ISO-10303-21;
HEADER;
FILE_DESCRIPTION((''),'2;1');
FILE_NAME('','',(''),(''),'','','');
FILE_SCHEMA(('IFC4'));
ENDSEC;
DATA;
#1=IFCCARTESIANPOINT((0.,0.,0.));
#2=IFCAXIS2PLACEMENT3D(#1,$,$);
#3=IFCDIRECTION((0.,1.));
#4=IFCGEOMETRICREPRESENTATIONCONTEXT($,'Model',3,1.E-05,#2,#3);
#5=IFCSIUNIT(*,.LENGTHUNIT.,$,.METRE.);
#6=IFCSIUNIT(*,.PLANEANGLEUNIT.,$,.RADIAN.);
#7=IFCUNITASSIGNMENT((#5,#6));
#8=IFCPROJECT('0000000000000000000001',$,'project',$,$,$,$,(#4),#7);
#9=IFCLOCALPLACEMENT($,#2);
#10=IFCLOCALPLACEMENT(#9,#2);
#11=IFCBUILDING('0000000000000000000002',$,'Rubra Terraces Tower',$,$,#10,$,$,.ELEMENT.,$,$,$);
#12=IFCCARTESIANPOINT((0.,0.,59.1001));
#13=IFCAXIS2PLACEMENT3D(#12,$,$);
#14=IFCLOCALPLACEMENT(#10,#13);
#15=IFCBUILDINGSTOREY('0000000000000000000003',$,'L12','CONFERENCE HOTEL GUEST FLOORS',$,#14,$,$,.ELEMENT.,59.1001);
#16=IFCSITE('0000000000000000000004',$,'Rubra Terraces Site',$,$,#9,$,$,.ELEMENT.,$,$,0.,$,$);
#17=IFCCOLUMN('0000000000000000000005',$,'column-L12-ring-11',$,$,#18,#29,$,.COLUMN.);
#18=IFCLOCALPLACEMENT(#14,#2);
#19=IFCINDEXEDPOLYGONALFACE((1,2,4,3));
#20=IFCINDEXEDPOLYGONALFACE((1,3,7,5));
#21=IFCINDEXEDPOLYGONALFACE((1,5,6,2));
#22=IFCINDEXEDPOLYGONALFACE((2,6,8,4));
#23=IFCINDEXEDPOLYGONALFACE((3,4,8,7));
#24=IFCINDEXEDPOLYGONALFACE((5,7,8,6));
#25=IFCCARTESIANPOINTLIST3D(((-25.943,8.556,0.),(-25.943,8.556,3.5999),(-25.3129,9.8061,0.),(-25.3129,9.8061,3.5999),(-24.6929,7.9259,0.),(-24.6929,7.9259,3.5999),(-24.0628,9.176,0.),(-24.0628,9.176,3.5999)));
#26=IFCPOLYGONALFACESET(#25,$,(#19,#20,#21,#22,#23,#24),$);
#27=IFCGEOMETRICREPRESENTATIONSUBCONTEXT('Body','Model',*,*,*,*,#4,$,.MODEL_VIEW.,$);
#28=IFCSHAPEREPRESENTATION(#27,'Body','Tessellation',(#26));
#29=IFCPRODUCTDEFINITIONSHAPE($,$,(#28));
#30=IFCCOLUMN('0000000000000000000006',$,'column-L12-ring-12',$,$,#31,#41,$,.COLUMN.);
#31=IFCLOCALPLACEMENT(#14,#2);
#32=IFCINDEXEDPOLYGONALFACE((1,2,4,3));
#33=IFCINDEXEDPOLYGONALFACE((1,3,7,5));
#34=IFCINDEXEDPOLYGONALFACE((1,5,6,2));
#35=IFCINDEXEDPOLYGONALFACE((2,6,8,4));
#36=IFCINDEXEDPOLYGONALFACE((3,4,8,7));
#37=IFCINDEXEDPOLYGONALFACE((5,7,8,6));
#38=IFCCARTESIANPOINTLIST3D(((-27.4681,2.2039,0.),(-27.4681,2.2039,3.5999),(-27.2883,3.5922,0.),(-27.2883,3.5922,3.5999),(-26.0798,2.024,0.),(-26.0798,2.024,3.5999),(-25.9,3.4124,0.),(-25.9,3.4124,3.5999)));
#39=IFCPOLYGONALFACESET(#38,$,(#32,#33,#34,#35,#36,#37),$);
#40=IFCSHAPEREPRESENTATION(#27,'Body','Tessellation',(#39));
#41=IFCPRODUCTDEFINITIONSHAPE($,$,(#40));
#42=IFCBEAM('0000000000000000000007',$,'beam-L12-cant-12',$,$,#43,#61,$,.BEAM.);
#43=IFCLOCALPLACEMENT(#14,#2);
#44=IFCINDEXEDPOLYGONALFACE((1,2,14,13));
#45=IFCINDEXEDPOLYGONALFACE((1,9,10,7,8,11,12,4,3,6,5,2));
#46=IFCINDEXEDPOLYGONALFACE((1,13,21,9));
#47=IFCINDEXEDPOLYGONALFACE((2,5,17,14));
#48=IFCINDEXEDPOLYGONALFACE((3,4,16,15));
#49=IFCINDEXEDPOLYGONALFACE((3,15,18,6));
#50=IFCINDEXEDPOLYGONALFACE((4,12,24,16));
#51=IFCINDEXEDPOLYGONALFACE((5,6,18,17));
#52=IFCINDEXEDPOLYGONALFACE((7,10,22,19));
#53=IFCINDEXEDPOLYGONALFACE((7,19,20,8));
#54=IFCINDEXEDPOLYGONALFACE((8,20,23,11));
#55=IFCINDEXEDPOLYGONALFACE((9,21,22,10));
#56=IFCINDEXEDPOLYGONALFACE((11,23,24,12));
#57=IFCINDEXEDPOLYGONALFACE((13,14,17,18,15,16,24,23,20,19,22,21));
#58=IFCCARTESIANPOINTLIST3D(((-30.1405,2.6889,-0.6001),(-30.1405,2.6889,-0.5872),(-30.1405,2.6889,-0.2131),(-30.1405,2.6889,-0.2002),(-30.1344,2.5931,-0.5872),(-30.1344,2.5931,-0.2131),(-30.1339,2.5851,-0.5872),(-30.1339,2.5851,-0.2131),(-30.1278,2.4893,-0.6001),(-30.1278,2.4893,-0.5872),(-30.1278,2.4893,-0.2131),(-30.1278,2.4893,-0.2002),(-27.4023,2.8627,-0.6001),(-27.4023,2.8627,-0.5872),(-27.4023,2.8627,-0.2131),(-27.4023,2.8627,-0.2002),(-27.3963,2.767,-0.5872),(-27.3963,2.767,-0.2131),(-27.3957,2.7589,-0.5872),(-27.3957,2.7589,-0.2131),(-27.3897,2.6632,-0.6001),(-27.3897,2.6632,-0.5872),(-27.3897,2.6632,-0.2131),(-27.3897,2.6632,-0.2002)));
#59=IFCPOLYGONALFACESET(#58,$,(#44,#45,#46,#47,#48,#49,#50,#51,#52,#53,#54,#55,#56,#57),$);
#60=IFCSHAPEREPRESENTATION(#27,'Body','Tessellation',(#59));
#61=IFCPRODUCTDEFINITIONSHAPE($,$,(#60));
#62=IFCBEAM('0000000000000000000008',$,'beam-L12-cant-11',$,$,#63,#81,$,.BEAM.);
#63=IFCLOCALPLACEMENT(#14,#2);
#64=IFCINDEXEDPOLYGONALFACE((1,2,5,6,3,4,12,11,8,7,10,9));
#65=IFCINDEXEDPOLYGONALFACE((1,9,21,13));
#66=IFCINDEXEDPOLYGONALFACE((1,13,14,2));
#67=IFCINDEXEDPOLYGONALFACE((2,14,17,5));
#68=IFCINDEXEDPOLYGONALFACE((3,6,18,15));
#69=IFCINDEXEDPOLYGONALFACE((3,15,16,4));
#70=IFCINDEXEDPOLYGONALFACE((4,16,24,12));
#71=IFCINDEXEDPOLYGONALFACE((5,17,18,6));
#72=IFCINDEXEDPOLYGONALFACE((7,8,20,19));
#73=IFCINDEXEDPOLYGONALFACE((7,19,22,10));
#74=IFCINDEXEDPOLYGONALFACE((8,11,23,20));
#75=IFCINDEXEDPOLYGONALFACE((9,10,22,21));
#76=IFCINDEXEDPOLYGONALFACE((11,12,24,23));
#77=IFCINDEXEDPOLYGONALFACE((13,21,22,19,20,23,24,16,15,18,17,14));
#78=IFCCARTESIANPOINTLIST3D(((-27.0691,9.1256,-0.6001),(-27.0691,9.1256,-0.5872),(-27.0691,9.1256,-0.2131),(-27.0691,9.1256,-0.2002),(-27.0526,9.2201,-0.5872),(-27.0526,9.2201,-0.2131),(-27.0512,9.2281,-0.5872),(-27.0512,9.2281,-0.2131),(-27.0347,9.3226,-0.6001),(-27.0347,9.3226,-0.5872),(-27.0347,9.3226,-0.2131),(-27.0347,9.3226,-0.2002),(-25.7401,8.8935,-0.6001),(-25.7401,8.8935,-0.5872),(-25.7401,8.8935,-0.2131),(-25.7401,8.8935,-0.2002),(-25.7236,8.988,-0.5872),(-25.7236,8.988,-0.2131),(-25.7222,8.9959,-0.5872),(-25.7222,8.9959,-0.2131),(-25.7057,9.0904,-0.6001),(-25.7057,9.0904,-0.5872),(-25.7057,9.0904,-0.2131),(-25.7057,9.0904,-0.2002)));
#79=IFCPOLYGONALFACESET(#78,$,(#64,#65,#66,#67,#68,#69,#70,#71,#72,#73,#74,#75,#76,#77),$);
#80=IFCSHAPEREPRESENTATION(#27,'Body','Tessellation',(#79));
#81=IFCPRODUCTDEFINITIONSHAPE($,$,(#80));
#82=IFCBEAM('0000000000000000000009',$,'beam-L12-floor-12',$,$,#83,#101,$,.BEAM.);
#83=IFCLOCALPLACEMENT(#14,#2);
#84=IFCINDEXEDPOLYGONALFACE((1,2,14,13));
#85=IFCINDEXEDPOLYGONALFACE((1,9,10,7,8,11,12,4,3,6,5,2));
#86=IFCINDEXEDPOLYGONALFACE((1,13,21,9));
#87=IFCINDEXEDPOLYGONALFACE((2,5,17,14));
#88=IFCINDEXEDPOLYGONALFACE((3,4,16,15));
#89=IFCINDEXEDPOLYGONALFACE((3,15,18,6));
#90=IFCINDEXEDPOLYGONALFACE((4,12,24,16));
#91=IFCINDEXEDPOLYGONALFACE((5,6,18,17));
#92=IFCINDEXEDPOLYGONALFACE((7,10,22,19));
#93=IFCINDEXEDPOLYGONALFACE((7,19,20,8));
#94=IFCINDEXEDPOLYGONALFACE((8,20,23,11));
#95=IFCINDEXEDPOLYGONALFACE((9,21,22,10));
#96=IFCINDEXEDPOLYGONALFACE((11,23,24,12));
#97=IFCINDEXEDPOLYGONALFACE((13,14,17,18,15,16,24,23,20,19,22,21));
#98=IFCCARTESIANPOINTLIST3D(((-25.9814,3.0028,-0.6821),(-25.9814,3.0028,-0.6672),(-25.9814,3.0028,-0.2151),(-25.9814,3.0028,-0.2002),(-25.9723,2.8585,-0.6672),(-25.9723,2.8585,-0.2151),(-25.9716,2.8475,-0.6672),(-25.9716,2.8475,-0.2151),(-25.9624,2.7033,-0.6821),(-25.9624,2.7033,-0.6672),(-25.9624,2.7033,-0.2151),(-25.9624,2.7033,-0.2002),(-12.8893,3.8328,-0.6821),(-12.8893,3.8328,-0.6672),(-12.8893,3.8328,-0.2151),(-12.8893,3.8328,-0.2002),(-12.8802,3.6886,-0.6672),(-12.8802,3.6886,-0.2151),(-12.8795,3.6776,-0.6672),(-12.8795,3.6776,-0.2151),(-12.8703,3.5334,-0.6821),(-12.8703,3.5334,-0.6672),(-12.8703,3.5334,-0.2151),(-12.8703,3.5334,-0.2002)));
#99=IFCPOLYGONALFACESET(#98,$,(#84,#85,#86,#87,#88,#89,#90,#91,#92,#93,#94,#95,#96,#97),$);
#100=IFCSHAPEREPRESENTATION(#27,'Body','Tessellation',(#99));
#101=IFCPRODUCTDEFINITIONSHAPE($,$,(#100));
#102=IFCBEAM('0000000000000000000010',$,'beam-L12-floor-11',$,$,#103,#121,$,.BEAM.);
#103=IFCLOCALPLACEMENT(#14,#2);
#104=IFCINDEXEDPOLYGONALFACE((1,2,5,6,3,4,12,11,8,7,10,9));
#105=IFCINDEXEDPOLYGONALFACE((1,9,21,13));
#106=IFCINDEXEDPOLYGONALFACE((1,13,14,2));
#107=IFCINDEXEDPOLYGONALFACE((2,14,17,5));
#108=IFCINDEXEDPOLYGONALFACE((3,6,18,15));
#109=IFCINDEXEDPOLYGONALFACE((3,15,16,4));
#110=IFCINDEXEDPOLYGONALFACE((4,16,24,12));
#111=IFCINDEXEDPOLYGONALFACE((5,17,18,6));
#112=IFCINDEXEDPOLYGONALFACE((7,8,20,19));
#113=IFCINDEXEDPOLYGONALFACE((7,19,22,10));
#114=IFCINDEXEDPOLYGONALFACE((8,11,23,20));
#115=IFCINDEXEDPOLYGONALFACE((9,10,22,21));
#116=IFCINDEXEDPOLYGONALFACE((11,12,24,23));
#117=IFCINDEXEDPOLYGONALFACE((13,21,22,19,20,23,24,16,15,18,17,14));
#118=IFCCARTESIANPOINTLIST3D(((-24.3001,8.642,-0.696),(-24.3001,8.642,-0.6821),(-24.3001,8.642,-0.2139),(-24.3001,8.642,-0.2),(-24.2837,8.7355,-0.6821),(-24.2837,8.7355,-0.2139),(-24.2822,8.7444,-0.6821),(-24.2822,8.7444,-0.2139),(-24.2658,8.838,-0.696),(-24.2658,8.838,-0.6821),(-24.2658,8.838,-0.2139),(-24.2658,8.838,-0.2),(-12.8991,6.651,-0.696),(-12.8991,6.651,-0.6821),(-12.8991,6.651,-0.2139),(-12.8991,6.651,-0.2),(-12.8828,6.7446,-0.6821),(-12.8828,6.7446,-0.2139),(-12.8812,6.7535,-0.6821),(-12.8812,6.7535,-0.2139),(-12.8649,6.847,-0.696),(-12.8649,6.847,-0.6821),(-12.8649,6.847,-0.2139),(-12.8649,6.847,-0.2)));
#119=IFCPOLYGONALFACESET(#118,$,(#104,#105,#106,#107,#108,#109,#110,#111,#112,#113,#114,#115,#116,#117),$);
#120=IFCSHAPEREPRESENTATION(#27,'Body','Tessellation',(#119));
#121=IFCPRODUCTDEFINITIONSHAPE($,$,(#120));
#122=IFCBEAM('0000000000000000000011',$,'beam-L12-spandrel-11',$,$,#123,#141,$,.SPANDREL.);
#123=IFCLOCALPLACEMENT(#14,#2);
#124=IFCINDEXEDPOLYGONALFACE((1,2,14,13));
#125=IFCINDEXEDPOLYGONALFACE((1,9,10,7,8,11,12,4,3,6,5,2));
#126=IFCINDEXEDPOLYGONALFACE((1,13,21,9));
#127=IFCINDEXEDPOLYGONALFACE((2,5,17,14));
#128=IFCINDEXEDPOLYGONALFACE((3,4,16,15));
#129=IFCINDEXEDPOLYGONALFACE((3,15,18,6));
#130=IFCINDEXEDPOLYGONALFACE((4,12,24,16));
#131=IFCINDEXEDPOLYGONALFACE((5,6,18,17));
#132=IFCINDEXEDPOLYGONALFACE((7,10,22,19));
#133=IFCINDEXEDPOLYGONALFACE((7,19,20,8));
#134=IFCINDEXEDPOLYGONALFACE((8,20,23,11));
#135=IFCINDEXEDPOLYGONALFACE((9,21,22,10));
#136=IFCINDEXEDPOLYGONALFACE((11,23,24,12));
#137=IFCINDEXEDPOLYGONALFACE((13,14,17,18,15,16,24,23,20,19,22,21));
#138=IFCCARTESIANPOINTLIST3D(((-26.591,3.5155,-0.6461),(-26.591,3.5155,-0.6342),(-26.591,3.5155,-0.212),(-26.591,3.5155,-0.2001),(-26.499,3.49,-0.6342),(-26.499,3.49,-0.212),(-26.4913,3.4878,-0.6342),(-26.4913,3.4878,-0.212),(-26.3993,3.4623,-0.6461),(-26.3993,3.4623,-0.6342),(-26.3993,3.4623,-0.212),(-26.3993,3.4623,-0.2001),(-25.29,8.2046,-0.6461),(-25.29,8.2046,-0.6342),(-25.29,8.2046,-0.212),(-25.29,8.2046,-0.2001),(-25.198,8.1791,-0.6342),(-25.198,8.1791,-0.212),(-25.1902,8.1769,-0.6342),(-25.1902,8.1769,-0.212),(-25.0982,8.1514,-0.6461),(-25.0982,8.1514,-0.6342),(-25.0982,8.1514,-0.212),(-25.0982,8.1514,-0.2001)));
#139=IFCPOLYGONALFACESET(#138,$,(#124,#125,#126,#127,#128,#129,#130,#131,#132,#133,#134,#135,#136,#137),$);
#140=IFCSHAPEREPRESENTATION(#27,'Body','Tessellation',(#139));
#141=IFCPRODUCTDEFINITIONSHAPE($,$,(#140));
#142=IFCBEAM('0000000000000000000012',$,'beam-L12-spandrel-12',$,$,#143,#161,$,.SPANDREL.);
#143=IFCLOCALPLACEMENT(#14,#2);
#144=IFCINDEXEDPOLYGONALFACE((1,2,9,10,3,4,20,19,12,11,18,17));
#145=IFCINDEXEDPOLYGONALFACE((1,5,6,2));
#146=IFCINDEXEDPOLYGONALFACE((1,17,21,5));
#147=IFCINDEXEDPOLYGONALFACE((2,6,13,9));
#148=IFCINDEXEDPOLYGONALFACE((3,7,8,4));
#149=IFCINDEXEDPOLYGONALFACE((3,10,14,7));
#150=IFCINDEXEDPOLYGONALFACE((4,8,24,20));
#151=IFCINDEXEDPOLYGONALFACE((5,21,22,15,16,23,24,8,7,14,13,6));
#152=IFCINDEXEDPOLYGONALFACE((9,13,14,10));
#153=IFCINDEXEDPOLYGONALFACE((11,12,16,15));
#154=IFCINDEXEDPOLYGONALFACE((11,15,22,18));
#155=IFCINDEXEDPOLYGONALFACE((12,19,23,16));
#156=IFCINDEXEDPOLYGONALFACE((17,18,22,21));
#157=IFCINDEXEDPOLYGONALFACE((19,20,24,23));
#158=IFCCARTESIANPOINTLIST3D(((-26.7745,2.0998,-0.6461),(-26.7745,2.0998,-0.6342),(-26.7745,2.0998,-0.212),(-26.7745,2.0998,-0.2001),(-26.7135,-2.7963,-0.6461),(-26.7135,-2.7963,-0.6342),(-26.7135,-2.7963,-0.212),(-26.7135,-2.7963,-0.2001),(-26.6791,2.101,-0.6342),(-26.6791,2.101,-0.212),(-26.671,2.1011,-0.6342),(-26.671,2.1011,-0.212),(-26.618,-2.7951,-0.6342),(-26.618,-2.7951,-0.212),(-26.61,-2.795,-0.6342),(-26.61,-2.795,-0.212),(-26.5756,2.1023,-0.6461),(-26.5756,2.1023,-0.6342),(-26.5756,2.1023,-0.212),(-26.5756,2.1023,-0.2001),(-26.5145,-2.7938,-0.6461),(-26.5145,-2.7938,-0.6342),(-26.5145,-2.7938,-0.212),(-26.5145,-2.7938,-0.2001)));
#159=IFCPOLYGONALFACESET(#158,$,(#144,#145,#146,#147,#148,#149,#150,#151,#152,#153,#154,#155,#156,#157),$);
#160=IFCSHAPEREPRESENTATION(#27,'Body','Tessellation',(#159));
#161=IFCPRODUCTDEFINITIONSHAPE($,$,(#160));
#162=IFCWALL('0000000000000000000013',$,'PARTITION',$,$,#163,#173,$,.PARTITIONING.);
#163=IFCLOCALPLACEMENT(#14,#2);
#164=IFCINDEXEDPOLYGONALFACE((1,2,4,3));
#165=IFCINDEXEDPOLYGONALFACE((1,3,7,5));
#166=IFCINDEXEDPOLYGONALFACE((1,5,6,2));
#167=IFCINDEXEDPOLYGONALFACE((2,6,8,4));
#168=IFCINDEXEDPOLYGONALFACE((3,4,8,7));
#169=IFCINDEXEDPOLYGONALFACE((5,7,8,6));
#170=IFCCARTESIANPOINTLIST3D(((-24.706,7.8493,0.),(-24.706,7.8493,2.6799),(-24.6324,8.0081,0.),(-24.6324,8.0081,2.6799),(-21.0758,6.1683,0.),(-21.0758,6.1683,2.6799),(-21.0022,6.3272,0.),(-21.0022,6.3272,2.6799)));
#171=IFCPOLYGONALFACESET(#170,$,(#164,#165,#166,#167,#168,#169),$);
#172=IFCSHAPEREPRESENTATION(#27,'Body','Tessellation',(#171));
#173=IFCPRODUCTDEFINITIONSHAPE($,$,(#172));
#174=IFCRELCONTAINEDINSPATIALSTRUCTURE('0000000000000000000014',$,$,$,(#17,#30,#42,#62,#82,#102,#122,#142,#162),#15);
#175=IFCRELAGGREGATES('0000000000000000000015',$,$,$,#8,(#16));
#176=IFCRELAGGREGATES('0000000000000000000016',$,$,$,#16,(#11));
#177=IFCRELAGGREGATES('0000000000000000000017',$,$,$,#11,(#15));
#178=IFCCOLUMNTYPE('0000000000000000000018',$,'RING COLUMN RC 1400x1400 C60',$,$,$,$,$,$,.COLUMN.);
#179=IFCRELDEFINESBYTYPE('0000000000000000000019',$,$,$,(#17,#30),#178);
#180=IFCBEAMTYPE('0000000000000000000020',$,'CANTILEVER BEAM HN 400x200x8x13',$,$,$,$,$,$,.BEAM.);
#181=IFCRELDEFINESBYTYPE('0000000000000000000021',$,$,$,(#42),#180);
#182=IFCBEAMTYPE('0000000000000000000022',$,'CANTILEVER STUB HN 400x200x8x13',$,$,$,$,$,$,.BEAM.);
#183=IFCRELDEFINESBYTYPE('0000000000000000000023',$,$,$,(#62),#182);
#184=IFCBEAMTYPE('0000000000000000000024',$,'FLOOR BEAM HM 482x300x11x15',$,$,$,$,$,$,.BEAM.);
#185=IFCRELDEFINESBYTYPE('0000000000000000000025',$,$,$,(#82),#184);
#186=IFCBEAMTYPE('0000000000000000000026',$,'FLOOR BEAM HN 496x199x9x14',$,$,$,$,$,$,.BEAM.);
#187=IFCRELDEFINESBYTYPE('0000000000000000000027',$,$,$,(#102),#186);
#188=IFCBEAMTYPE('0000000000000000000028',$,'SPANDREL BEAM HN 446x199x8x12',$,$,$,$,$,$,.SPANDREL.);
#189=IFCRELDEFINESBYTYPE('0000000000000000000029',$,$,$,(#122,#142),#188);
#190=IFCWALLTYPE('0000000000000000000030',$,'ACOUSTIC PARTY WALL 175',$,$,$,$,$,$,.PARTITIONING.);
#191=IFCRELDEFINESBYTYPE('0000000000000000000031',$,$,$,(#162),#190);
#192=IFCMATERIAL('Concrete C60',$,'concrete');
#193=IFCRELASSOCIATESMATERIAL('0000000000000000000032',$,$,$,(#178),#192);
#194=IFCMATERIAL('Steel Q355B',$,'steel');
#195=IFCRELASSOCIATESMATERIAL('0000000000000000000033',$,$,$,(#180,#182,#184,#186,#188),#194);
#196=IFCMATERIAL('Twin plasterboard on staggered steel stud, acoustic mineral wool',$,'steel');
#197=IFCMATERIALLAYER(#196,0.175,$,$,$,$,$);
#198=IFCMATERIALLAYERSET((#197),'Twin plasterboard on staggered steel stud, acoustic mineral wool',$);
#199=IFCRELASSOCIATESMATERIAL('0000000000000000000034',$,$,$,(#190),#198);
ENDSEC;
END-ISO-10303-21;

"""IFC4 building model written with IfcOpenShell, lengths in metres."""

from ifc_helpers import new_model, si_unit, direction, frame, frame_2d, origin, origin_2d, place, context, subcontext, project, spatial, rectangle, i_section, extrude, material, layer, layer_set, material_profile, profile_set, type_object, element, save


model = new_model("IFC4")

# Units and contexts
model_context = context("Model", 3, precision=1e-05, world=origin(), true_north=direction((0.0, 1.0)))
body_context = subcontext(model_context, "Body", "Model", "MODEL_VIEW")
ifc_project = project(units=[si_unit("LENGTHUNIT", "METRE"), si_unit("PLANEANGLEUNIT", "RADIAN")], contexts=[model_context])

# Site, building, storey
site_placement = place(None, origin())
site = spatial("IfcSite", under=ifc_project, at=site_placement, Name="Rubra Terraces Site", CompositionType="ELEMENT", RefElevation=0.0)
building_placement = place(site_placement, origin())
building = spatial("IfcBuilding", under=site, at=building_placement, Name="Rubra Terraces Tower", CompositionType="ELEMENT")
storey_placement = place(building_placement, frame((0.0, 0.0, 59.1001)))
storey = spatial("IfcBuildingStorey", under=building, at=storey_placement, Name="L12", Description="CONFERENCE HOTEL GUEST FLOORS", CompositionType="ELEMENT", Elevation=59.1001)

# Columns
ifc_material_1 = material(Name="Concrete C60", Category="concrete")
ifc_material_profile_1 = material_profile(ifc_material_1, rectangle(XDim=1.3999, YDim=1.3999, at=origin_2d()), Name="RC 1400x1400")
ifc_profile_set_1 = profile_set([ifc_material_profile_1], Name="Concrete C60")
column_type = type_object("IfcColumnType", Name="RING COLUMN RC 1400x1400 C60", PredefinedType="COLUMN", material=ifc_profile_set_1)
for number, where, z_axis, x_axis, name in (
    (1, (-25.0029, 8.866, 0.0), (0.0, 0.0, 1.0), (-0.450099, -0.892979, 0.0), "column-L12-ring-11"),
    (2, (-26.6841, 2.8081, 0.0), (0.0, 0.0, 1.0), (-0.128445, -0.991717, 0.0), "column-L12-ring-12"),
):
    element("IfcColumn", number, at=place(storey_placement, frame(where, z_axis=z_axis, x_axis=x_axis)), inside=storey, type_object=column_type, Name=name, PredefinedType="COLUMN", context=body_context, shape_type="SweptSolid", body=[
        extrude(rectangle(XDim=1.3999, YDim=1.3999, at=origin_2d()), origin(), (0.0, 0.0, 1.0), 3.5999),
    ])

# Beams
ifc_material_2 = material(Name="Steel Q355B", Category="steel")
ifc_material_profile_2 = material_profile(ifc_material_2, i_section(OverallWidth=0.2, OverallDepth=0.3999, WebThickness=0.0081, FlangeThickness=0.0129, at=origin_2d()), Name="HN 400x200x8x13")
ifc_profile_set_2 = profile_set([ifc_material_profile_2], Name="Steel Q355B")
beam_type_1 = type_object("IfcBeamType", Name="CANTILEVER BEAM HN 400x200x8x13", PredefinedType="BEAM", material=ifc_profile_set_2)
beam_1_placement = place(storey_placement, frame((-27.396, 2.7629, -0.4001), z_axis=(-0.997991, -0.063359, 0.0), x_axis=(0.063359, -0.997991, 0.0)))
element("IfcBeam", 3, at=beam_1_placement, inside=storey, type_object=beam_type_1, Name="beam-L12-cant-12", PredefinedType="BEAM", context=body_context, shape_type="SweptSolid", body=[
    extrude(i_section(OverallWidth=0.2, OverallDepth=0.3999, WebThickness=0.0081, FlangeThickness=0.0129, at=origin_2d()), origin(), (0.0, 0.0, 1.0), 2.7437),
])
ifc_material_profile_3 = material_profile(ifc_material_2, i_section(OverallWidth=0.2, OverallDepth=0.3999, WebThickness=0.0081, FlangeThickness=0.0129, at=origin_2d()), Name="HN 400x200x8x13")
ifc_profile_set_3 = profile_set([ifc_material_profile_3], Name="Steel Q355B")
beam_type_2 = type_object("IfcBeamType", Name="CANTILEVER STUB HN 400x200x8x13", PredefinedType="BEAM", material=ifc_profile_set_3)
beam_2_placement = place(storey_placement, frame((-25.7229, 8.9919, -0.4001), z_axis=(-0.985083, 0.172082, 0.0), x_axis=(-0.172082, -0.985083, 0.0)))
element("IfcBeam", 4, at=beam_2_placement, inside=storey, type_object=beam_type_2, Name="beam-L12-cant-11", PredefinedType="BEAM", context=body_context, shape_type="SweptSolid", body=[
    extrude(i_section(OverallWidth=0.2, OverallDepth=0.3999, WebThickness=0.0081, FlangeThickness=0.0129, at=origin_2d()), origin(), (0.0, 0.0, 1.0), 1.3491),
])
ifc_material_profile_4 = material_profile(ifc_material_2, i_section(OverallWidth=0.3, OverallDepth=0.4819, WebThickness=0.011, FlangeThickness=0.0149, at=origin_2d()), Name="HM 482x300x11x15")
ifc_profile_set_4 = profile_set([ifc_material_profile_4], Name="Steel Q355B")
beam_type_3 = type_object("IfcBeamType", Name="FLOOR BEAM HM 482x300x11x15", PredefinedType="BEAM", material=ifc_profile_set_4)
beam_3_placement = place(storey_placement, frame((-25.9719, 2.853, -0.4412), z_axis=(0.997996, 0.063276, 0.0), x_axis=(-0.063276, 0.997996, 0.0)))
element("IfcBeam", 5, at=beam_3_placement, inside=storey, type_object=beam_type_3, Name="beam-L12-floor-12", PredefinedType="BEAM", context=body_context, shape_type="SweptSolid", body=[
    extrude(i_section(OverallWidth=0.3, OverallDepth=0.4819, WebThickness=0.011, FlangeThickness=0.0149, at=origin_2d()), origin(), (0.0, 0.0, 1.0), 13.1184),
])
ifc_material_profile_5 = material_profile(ifc_material_2, i_section(OverallWidth=0.199, OverallDepth=0.4961, WebThickness=0.009, FlangeThickness=0.0139, at=origin_2d()), Name="HN 496x199x9x14")
ifc_profile_set_5 = profile_set([ifc_material_profile_5], Name="Steel Q355B")
beam_type_4 = type_object("IfcBeamType", Name="FLOOR BEAM HN 496x199x9x14", PredefinedType="BEAM", material=ifc_profile_set_5)
beam_4_placement = place(storey_placement, frame((-24.283, 8.74, -0.448), z_axis=(0.985092, -0.172029, 0.0), x_axis=(0.172029, 0.985092, 0.0)))
element("IfcBeam", 6, at=beam_4_placement, inside=storey, type_object=beam_type_4, Name="beam-L12-floor-11", PredefinedType="BEAM", context=body_context, shape_type="SweptSolid", body=[
    extrude(i_section(OverallWidth=0.199, OverallDepth=0.4961, WebThickness=0.009, FlangeThickness=0.0139, at=origin_2d()), origin(), (0.0, 0.0, 1.0), 11.5735),
])
ifc_material_profile_6 = material_profile(ifc_material_2, i_section(OverallWidth=0.199, OverallDepth=0.446, WebThickness=0.0081, FlangeThickness=0.012, at=origin_2d()), Name="HN 446x199x8x12")
ifc_profile_set_6 = profile_set([ifc_material_profile_6], Name="Steel Q355B")
beam_type_5 = type_object("IfcBeamType", Name="SPANDREL BEAM HN 446x199x8x12", PredefinedType="SPANDREL", material=ifc_profile_set_6)
beam_5_placement = place(storey_placement, frame((-25.1941, 8.178, -0.4231), z_axis=(-0.267364, -0.963595, 0.0), x_axis=(0.963595, -0.267364, 0.0)))
element("IfcBeam", 7, at=beam_5_placement, inside=storey, type_object=beam_type_5, Name="beam-L12-spandrel-11", PredefinedType="SPANDREL", context=body_context, shape_type="SweptSolid", body=[
    extrude(i_section(OverallWidth=0.199, OverallDepth=0.446, WebThickness=0.0081, FlangeThickness=0.012, at=origin_2d()), origin(), (0.0, 0.0, 1.0), 4.8662),
])
beam_6_placement = place(storey_placement, frame((-26.675, 2.1011, -0.4231), z_axis=(0.012465, -0.999922, 0.0), x_axis=(0.999922, 0.012465, 0.0)))
element("IfcBeam", 8, at=beam_6_placement, inside=storey, type_object=beam_type_5, Name="beam-L12-spandrel-12", PredefinedType="SPANDREL", context=body_context, shape_type="SweptSolid", body=[
    extrude(i_section(OverallWidth=0.199, OverallDepth=0.446, WebThickness=0.0081, FlangeThickness=0.012, at=origin_2d()), origin(), (0.0, 0.0, 1.0), 4.8965),
])

# Wall
ifc_material_3 = material(Name="Twin plasterboard on staggered steel stud, acoustic mineral wool", Category="steel")
ifc_layer_1 = layer(ifc_material_3, 0.175)
ifc_layer_set_1 = layer_set([ifc_layer_1], Name="Twin plasterboard on staggered steel stud, acoustic mineral wool")
wall_type_1 = type_object("IfcWallType", Name="ACOUSTIC PARTY WALL 175", PredefinedType="PARTITIONING", material=ifc_layer_set_1)
wall_1_placement = place(storey_placement, frame((-24.6692, 7.9287, 0.0), z_axis=(0.0, 0.0, 1.0), x_axis=(0.907439, -0.420184, 0.0)))
element("IfcWall", 9, at=wall_1_placement, inside=storey, type_object=wall_type_1, Name="PARTITION", PredefinedType="PARTITIONING", context=body_context, shape_type="SweptSolid", body=[
    extrude(rectangle(XDim=4.0005, YDim=0.175, at=frame_2d((2.0002, 0.0))), origin(), (0.0, 0.0, 1.0), 2.6799),
])

save(model, "model.ifc")
